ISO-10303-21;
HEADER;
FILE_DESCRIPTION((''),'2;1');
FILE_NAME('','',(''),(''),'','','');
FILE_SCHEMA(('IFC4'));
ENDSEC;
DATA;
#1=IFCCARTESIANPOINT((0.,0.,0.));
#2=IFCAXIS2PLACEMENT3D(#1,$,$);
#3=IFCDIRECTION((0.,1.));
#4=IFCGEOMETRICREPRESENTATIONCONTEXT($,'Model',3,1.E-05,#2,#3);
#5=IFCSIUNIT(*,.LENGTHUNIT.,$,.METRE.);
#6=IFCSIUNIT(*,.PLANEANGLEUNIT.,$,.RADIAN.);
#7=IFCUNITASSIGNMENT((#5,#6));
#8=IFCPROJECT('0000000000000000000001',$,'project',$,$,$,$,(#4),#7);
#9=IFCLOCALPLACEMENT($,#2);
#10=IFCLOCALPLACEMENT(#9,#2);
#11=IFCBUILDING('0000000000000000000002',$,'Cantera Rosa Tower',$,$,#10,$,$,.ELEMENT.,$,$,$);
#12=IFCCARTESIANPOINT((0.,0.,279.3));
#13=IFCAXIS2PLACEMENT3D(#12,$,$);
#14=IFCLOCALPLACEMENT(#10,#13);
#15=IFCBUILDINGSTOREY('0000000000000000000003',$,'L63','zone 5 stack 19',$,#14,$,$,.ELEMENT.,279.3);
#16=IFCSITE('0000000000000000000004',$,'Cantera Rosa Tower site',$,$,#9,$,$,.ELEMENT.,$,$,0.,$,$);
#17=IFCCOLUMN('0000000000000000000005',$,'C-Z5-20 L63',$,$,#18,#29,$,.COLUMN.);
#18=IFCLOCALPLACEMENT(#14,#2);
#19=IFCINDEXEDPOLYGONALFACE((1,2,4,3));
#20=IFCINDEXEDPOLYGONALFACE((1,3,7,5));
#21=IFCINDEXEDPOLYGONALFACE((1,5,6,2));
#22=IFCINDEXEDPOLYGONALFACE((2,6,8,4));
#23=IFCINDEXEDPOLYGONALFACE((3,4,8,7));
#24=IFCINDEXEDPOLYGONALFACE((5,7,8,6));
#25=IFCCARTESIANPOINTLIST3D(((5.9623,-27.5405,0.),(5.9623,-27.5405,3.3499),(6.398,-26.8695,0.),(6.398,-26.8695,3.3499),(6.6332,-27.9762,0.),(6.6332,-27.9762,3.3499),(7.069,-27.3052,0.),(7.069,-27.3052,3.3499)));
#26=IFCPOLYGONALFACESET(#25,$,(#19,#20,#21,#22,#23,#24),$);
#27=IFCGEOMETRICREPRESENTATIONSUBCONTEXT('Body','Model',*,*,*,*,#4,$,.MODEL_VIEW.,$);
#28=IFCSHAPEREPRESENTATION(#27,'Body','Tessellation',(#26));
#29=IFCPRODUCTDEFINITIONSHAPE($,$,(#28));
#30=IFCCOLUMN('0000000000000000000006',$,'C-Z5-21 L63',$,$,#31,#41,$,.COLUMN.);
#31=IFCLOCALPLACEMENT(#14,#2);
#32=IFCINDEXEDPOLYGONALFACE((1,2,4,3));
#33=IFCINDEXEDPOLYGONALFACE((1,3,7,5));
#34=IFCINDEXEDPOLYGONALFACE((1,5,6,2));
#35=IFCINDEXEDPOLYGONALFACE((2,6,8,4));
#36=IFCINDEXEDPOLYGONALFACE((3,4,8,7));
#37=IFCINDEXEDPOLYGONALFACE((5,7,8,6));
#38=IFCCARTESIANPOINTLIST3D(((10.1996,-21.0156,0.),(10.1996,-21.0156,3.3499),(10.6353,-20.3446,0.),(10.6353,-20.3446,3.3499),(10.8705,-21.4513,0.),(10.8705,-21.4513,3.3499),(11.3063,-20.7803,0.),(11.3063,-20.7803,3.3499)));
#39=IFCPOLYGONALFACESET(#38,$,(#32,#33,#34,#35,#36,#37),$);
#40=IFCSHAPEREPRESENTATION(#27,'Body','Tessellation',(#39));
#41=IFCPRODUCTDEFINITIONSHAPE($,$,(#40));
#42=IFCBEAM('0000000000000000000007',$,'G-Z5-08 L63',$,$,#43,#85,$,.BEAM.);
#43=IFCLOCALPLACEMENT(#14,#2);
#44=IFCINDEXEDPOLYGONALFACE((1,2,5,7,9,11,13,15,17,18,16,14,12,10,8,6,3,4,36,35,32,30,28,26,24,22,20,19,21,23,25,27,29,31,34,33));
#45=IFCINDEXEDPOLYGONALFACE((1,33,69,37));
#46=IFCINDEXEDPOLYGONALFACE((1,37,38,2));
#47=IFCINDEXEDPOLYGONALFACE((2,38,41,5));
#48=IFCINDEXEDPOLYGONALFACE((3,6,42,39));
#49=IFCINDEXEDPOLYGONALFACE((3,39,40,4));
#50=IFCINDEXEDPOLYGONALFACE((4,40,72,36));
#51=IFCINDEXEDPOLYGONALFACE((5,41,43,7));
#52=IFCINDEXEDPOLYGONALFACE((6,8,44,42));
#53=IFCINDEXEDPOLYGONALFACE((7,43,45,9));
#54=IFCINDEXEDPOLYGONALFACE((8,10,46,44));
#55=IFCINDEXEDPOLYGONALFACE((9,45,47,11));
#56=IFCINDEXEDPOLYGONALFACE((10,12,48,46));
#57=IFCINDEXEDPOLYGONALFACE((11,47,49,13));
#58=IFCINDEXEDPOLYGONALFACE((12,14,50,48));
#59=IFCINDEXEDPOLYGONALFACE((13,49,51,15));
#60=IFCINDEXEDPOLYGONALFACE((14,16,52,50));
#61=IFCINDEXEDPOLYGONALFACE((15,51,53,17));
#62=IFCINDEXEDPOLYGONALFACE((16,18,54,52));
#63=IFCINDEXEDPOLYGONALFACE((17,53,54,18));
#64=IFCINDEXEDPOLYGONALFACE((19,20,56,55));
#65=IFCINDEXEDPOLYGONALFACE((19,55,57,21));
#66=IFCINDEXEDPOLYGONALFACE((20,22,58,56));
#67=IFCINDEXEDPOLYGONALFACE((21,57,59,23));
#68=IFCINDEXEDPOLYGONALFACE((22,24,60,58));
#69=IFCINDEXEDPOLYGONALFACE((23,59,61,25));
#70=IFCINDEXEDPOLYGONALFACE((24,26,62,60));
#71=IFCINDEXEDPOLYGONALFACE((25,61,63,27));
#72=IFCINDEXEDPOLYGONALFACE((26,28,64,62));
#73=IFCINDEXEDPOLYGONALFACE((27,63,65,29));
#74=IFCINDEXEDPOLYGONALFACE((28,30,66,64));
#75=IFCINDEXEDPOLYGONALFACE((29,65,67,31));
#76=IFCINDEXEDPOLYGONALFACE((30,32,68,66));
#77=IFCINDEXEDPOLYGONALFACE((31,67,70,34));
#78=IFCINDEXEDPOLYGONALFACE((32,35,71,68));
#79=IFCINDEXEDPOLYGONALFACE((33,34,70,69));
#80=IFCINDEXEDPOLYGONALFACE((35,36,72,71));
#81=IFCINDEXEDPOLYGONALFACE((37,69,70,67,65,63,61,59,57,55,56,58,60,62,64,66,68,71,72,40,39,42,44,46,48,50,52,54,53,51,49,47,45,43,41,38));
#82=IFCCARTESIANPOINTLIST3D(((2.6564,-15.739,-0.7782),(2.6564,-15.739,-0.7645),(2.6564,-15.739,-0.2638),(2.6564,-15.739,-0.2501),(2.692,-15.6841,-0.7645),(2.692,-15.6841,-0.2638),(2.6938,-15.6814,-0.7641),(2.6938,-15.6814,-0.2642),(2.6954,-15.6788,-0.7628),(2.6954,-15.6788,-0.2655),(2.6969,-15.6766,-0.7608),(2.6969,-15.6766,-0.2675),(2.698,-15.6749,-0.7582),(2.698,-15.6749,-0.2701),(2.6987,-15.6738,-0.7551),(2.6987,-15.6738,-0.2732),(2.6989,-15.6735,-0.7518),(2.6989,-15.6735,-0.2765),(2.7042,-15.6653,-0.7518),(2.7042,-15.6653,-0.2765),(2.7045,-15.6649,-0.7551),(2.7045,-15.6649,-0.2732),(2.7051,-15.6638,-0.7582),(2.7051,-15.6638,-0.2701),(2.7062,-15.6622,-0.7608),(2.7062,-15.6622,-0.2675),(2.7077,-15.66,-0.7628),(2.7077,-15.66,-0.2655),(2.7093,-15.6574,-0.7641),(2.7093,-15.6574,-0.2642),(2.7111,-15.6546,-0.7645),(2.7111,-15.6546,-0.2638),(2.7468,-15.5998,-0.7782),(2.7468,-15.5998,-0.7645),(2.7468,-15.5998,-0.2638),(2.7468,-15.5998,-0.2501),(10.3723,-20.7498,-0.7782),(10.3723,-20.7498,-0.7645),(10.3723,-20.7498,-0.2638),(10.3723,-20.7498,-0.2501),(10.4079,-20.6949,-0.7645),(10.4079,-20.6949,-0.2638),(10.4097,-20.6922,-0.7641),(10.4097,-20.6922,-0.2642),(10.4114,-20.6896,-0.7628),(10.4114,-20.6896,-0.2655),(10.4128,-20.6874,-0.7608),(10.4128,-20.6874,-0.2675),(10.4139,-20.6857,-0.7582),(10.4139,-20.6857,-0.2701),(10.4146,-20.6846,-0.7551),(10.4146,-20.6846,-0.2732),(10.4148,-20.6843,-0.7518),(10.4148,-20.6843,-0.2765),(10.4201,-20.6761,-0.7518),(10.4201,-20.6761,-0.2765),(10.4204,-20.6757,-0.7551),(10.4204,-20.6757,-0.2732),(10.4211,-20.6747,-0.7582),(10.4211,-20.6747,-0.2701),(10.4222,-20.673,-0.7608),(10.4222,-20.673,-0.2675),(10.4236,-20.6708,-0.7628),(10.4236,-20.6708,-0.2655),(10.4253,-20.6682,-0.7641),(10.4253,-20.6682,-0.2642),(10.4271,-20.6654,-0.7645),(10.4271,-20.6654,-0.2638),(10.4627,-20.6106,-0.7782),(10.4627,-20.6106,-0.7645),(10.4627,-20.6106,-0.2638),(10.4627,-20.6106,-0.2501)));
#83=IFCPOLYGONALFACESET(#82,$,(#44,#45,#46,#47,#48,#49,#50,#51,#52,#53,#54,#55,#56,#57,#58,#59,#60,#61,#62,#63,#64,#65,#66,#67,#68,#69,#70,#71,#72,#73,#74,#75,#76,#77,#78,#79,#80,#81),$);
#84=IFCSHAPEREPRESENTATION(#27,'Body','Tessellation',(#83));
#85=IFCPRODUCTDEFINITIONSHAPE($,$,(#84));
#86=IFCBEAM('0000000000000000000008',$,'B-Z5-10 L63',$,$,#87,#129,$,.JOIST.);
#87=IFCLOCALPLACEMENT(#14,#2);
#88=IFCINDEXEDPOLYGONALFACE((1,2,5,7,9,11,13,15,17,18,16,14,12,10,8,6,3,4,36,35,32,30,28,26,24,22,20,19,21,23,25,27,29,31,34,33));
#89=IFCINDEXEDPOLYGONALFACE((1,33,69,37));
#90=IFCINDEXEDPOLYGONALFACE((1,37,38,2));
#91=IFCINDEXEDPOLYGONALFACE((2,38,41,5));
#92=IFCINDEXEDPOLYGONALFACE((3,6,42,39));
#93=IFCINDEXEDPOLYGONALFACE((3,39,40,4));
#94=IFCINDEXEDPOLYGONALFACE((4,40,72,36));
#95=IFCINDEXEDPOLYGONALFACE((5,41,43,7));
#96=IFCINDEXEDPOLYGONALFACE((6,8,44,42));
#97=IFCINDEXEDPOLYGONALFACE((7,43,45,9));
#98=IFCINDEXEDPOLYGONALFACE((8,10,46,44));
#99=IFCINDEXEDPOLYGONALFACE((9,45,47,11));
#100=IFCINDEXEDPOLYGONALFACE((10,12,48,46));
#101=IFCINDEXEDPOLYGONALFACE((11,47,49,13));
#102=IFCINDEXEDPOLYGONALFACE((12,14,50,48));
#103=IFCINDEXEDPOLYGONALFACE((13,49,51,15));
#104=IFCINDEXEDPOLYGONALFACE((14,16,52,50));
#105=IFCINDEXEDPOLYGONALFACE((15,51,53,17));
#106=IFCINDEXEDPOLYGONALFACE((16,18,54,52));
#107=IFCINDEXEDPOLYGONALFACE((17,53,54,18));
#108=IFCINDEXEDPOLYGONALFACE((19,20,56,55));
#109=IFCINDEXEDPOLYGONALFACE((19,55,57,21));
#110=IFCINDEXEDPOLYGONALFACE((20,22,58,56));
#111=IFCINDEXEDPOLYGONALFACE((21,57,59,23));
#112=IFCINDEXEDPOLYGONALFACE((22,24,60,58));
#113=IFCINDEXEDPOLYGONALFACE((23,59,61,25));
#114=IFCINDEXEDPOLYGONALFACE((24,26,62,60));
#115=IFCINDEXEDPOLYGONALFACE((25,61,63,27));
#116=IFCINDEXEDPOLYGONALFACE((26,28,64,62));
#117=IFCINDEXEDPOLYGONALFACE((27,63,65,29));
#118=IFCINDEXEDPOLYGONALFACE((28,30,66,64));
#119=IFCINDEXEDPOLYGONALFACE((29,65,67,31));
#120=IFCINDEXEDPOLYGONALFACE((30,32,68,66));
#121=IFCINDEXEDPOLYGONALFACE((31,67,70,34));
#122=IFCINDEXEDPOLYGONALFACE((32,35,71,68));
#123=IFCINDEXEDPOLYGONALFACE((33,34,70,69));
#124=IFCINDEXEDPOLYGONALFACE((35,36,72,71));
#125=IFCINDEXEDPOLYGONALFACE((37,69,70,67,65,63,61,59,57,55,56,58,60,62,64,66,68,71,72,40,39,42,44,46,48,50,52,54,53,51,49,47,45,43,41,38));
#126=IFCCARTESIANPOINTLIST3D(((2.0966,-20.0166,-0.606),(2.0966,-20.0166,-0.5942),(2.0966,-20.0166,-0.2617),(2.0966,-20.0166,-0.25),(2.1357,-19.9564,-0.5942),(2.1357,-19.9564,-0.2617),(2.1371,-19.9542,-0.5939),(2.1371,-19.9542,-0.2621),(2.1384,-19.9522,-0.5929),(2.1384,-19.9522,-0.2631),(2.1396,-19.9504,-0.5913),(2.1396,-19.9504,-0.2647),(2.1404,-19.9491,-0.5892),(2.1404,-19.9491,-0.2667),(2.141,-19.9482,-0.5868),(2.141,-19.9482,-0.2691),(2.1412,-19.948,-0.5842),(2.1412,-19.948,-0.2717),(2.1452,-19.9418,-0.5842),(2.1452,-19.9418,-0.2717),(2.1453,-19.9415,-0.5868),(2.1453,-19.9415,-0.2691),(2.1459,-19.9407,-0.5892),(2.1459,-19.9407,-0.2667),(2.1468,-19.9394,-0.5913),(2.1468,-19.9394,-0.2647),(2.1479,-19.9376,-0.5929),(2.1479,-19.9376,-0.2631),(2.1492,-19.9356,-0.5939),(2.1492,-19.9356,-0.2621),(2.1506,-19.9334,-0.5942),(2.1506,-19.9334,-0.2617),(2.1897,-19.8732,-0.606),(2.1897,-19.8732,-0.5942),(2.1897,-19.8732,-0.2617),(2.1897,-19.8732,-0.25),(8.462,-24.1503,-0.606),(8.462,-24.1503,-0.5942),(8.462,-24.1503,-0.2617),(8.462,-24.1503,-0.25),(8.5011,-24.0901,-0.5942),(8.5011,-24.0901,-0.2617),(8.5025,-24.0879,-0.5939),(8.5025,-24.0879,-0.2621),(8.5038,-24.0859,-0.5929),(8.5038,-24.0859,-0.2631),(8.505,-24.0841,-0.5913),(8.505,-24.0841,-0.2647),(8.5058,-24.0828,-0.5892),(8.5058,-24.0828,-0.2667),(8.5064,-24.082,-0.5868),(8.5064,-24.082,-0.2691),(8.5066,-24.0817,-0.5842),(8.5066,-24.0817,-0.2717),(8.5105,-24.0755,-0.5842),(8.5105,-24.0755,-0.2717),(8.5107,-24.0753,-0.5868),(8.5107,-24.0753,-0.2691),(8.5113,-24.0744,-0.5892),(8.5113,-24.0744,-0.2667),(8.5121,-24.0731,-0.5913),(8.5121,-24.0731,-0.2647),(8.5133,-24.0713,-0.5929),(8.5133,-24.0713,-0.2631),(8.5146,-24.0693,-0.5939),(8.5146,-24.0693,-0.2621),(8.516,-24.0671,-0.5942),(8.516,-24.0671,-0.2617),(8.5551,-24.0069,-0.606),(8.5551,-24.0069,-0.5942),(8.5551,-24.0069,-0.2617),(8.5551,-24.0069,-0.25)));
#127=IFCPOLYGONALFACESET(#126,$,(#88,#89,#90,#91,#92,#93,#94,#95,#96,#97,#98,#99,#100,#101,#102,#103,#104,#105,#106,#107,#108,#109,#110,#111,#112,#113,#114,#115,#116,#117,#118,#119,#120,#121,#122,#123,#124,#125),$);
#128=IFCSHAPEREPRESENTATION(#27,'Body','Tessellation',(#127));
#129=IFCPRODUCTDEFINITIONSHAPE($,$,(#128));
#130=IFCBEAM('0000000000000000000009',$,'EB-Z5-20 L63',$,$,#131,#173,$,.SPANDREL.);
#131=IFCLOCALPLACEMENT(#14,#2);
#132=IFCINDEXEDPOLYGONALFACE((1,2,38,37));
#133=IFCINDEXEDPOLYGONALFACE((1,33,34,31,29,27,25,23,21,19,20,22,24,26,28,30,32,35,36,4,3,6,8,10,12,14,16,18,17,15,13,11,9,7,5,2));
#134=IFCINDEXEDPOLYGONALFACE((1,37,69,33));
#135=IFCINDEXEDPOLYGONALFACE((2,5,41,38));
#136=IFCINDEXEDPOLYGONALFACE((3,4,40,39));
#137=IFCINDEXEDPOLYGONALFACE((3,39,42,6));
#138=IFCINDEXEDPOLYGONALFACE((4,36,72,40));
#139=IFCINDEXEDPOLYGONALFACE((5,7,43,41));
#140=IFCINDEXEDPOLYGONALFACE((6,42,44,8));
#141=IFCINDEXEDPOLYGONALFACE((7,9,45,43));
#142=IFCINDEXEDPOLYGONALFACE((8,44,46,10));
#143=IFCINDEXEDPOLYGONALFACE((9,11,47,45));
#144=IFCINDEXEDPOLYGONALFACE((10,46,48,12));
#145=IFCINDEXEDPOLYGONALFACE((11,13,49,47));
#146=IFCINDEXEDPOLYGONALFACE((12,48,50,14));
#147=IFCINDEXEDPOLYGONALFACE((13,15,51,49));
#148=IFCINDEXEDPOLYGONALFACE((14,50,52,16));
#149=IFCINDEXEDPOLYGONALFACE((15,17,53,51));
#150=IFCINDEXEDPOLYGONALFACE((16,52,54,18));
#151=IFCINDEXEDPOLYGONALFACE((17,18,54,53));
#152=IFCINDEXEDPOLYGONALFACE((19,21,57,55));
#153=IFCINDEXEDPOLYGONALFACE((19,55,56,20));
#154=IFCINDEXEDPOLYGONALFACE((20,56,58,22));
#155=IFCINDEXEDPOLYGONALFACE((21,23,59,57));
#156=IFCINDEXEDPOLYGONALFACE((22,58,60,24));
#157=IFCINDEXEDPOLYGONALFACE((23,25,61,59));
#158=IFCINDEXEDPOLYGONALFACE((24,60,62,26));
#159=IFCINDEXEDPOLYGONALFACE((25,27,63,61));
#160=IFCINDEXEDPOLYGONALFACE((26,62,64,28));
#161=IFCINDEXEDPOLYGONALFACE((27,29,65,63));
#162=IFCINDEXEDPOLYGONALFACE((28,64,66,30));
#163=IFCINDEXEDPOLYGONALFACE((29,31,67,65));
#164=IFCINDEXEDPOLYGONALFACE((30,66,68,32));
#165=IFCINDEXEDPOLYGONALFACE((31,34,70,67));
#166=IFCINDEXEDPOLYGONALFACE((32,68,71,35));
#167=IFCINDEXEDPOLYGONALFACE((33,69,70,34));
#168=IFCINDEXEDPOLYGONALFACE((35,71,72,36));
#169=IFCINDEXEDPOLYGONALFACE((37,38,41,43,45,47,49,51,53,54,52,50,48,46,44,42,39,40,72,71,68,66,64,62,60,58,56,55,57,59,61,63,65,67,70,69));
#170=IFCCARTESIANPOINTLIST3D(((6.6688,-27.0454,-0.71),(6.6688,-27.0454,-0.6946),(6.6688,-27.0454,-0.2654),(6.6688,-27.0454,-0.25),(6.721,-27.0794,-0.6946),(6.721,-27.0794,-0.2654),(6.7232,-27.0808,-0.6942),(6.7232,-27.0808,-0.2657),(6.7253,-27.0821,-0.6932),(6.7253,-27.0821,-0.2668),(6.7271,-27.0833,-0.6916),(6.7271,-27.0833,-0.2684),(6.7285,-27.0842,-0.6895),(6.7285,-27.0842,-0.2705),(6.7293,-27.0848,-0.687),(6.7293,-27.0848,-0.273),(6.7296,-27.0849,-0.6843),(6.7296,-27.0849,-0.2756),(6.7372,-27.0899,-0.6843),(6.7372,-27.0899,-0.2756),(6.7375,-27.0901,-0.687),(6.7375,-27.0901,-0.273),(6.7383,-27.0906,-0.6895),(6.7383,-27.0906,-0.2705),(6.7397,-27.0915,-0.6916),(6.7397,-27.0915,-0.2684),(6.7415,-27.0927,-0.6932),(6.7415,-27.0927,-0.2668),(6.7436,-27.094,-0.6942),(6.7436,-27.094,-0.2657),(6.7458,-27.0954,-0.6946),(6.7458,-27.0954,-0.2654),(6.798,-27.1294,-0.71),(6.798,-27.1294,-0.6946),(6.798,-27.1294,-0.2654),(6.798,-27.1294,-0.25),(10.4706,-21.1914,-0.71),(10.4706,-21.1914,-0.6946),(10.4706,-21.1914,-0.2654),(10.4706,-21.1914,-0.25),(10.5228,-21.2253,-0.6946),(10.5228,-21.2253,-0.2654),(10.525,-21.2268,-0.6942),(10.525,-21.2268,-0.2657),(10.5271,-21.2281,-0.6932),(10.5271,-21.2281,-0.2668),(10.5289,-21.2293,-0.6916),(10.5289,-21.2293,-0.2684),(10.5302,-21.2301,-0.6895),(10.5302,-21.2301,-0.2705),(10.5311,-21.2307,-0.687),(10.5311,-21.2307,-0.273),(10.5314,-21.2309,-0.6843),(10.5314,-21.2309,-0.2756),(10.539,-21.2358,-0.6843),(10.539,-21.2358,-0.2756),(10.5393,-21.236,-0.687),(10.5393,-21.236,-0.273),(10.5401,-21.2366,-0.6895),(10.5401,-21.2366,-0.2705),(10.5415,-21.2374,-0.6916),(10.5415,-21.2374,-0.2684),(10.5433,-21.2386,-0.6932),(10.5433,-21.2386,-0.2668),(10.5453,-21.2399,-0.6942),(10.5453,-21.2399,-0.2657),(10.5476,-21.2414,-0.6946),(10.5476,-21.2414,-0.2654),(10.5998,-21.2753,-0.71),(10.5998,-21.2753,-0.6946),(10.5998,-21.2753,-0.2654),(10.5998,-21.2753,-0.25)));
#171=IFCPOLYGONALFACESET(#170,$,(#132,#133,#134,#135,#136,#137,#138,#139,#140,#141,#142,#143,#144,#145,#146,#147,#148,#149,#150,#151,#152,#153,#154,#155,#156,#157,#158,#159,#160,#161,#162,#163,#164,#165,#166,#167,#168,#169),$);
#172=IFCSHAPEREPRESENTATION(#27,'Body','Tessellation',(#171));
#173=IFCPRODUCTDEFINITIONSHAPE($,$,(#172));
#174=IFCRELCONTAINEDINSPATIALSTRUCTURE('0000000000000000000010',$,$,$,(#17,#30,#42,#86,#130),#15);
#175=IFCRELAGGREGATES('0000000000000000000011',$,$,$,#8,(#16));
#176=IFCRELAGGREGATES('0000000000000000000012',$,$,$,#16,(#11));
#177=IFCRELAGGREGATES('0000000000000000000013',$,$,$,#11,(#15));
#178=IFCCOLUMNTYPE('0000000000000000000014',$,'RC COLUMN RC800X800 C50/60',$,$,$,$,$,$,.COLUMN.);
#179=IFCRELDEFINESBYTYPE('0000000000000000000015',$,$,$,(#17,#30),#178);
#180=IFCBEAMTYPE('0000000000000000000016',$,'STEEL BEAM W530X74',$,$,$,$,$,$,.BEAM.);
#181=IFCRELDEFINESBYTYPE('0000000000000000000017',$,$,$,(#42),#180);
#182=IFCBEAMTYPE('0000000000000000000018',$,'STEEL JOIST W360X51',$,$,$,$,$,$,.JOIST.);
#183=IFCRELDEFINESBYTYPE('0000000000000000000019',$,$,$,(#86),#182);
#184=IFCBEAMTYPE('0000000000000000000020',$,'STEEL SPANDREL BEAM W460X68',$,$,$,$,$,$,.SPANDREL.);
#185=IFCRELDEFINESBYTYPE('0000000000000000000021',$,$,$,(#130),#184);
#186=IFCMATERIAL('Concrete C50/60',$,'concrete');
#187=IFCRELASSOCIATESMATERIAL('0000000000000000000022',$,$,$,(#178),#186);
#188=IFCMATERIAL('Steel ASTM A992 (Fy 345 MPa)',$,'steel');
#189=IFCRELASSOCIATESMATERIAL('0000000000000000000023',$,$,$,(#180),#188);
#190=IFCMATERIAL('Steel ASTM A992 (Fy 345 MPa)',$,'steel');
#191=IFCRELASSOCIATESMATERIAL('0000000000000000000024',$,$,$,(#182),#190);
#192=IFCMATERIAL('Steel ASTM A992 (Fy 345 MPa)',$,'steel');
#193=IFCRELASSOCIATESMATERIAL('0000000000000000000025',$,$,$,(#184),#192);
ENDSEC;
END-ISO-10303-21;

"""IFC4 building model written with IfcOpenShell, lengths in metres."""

from ifc_helpers import new_model, si_unit, direction, frame, origin, origin_2d, place, context, subcontext, project, spatial, rectangle, i_section, extrude, material, material_profile, profile_set, type_object, element, save


model = new_model("IFC4")

# Units and contexts
model_context = context("Model", 3, precision=1e-05, world=origin(), true_north=direction((0.0, 1.0)))
body_context = subcontext(model_context, "Body", "Model", "MODEL_VIEW")
ifc_project = project(units=[si_unit("LENGTHUNIT", "METRE"), si_unit("PLANEANGLEUNIT", "RADIAN")], contexts=[model_context])

# Site, building, storey
site_placement = place(None, origin())
site = spatial("IfcSite", under=ifc_project, at=site_placement, Name="Cantera Rosa Tower site", CompositionType="ELEMENT", RefElevation=0.0)
building_placement = place(site_placement, origin())
building = spatial("IfcBuilding", under=site, at=building_placement, Name="Cantera Rosa Tower", CompositionType="ELEMENT")
storey_placement = place(building_placement, frame((0.0, 0.0, 279.3)))
storey = spatial("IfcBuildingStorey", under=building, at=storey_placement, Name="L63", Description="zone 5 stack 19", CompositionType="ELEMENT", Elevation=279.3)

# Columns
ifc_material_1 = material(Name="Concrete C50/60", Category="concrete")
ifc_material_profile_1 = material_profile(ifc_material_1, rectangle(XDim=0.8, YDim=0.8, at=origin_2d()), Name="RC COLUMN RC800X800 C50/60")
ifc_profile_set_1 = profile_set([ifc_material_profile_1], Name="Concrete C50/60")
column_type = type_object("IfcColumnType", Name="RC COLUMN RC800X800 C50/60", PredefinedType="COLUMN", material=ifc_profile_set_1)
for number, where, z_axis, x_axis, name in (
    (1, (6.5156, -27.4229, 0.0), (0.0, 0.0, 1.0), (0.544639, 0.838671, 0.0), "C-Z5-20 L63"),
    (2, (10.7529, -20.8979, 0.0), (0.0, 0.0, 1.0), (0.544639, 0.838671, 0.0), "C-Z5-21 L63"),
):
    element("IfcColumn", number, at=place(storey_placement, frame(where, z_axis=z_axis, x_axis=x_axis)), inside=storey, type_object=column_type, Name=name, PredefinedType="COLUMN", context=body_context, shape_type="SweptSolid", body=[
        extrude(rectangle(XDim=0.8, YDim=0.8, at=origin_2d()), origin(), (0.0, 0.0, 1.0), 3.3499),
    ])

# Beams
ifc_material_2 = material(Name="Steel ASTM A992 (Fy 345 MPa)", Category="steel")
ifc_material_profile_2 = material_profile(ifc_material_2, i_section(OverallWidth=0.166, OverallDepth=0.5281, WebThickness=0.0098, FlangeThickness=0.0137, FilletRadius=0.0127, at=origin_2d()), Name="W530X74")
ifc_profile_set_2 = profile_set([ifc_material_profile_2], Name="Steel ASTM A992 (Fy 345 MPa)")
beam_type_1 = type_object("IfcBeamType", Name="STEEL BEAM W530X74", PredefinedType="BEAM", material=ifc_profile_set_2)
beam_1_placement = place(storey_placement, frame((10.4175, -20.6802, -0.5142), z_axis=(-0.838669, 0.544641, 0.0), x_axis=(-0.544641, -0.838669, 0.0)))
element("IfcBeam", 3, at=beam_1_placement, inside=storey, type_object=beam_type_1, Name="G-Z5-08 L63", PredefinedType="BEAM", context=body_context, shape_type="SweptSolid", body=[
    extrude(i_section(OverallWidth=0.166, OverallDepth=0.5281, WebThickness=0.0098, FlangeThickness=0.0137, FilletRadius=0.0127, at=origin_2d()), origin(), (0.0, 0.0, 1.0), 9.2002),
])
ifc_material_3 = material(Name="Steel ASTM A992 (Fy 345 MPa)", Category="steel")
ifc_material_profile_3 = material_profile(ifc_material_3, i_section(OverallWidth=0.1709, OverallDepth=0.356, WebThickness=0.0073, FlangeThickness=0.0117, FilletRadius=0.01, at=origin_2d()), Name="W360X51")
ifc_profile_set_3 = profile_set([ifc_material_profile_3], Name="Steel ASTM A992 (Fy 345 MPa)")
beam_type_2 = type_object("IfcBeamType", Name="STEEL JOIST W360X51", PredefinedType="JOIST", material=ifc_profile_set_3)
beam_2_placement = place(storey_placement, frame((8.5085, -24.0786, -0.428), z_axis=(-0.838671, 0.544639, 0.0), x_axis=(-0.544639, -0.838671, 0.0)))
element("IfcBeam", 4, at=beam_2_placement, inside=storey, type_object=beam_type_2, Name="B-Z5-10 L63", PredefinedType="JOIST", context=body_context, shape_type="SweptSolid", body=[
    extrude(i_section(OverallWidth=0.1709, OverallDepth=0.356, WebThickness=0.0073, FlangeThickness=0.0117, FilletRadius=0.01, at=origin_2d()), origin(), (0.0, 0.0, 1.0), 7.5898),
])
ifc_material_4 = material(Name="Steel ASTM A992 (Fy 345 MPa)", Category="steel")
ifc_material_profile_4 = material_profile(ifc_material_4, i_section(OverallWidth=0.1541, OverallDepth=0.46, WebThickness=0.009, FlangeThickness=0.0154, FilletRadius=0.0103, at=origin_2d()), Name="W460X68")
ifc_profile_set_4 = profile_set([ifc_material_profile_4], Name="Steel ASTM A992 (Fy 345 MPa)")
beam_type_3 = type_object("IfcBeamType", Name="STEEL SPANDREL BEAM W460X68", PredefinedType="SPANDREL", material=ifc_profile_set_4)
for number, where, z_axis, x_axis, name in (
    (5, (6.7334, -27.0874, -0.48), (0.544651, 0.838663, 0.0), (-0.838663, 0.544651, 0.0), "EB-Z5-20 L63"),
):
    element("IfcBeam", number, at=place(storey_placement, frame(where, z_axis=z_axis, x_axis=x_axis)), inside=storey, type_object=beam_type_3, Name=name, PredefinedType="SPANDREL", context=body_context, shape_type="SweptSolid", body=[
        extrude(i_section(OverallWidth=0.1541, OverallDepth=0.46, WebThickness=0.009, FlangeThickness=0.0154, FilletRadius=0.0103, at=origin_2d()), origin(), (0.0, 0.0, 1.0), 6.9802),
    ])

save(model, "model.ifc")
